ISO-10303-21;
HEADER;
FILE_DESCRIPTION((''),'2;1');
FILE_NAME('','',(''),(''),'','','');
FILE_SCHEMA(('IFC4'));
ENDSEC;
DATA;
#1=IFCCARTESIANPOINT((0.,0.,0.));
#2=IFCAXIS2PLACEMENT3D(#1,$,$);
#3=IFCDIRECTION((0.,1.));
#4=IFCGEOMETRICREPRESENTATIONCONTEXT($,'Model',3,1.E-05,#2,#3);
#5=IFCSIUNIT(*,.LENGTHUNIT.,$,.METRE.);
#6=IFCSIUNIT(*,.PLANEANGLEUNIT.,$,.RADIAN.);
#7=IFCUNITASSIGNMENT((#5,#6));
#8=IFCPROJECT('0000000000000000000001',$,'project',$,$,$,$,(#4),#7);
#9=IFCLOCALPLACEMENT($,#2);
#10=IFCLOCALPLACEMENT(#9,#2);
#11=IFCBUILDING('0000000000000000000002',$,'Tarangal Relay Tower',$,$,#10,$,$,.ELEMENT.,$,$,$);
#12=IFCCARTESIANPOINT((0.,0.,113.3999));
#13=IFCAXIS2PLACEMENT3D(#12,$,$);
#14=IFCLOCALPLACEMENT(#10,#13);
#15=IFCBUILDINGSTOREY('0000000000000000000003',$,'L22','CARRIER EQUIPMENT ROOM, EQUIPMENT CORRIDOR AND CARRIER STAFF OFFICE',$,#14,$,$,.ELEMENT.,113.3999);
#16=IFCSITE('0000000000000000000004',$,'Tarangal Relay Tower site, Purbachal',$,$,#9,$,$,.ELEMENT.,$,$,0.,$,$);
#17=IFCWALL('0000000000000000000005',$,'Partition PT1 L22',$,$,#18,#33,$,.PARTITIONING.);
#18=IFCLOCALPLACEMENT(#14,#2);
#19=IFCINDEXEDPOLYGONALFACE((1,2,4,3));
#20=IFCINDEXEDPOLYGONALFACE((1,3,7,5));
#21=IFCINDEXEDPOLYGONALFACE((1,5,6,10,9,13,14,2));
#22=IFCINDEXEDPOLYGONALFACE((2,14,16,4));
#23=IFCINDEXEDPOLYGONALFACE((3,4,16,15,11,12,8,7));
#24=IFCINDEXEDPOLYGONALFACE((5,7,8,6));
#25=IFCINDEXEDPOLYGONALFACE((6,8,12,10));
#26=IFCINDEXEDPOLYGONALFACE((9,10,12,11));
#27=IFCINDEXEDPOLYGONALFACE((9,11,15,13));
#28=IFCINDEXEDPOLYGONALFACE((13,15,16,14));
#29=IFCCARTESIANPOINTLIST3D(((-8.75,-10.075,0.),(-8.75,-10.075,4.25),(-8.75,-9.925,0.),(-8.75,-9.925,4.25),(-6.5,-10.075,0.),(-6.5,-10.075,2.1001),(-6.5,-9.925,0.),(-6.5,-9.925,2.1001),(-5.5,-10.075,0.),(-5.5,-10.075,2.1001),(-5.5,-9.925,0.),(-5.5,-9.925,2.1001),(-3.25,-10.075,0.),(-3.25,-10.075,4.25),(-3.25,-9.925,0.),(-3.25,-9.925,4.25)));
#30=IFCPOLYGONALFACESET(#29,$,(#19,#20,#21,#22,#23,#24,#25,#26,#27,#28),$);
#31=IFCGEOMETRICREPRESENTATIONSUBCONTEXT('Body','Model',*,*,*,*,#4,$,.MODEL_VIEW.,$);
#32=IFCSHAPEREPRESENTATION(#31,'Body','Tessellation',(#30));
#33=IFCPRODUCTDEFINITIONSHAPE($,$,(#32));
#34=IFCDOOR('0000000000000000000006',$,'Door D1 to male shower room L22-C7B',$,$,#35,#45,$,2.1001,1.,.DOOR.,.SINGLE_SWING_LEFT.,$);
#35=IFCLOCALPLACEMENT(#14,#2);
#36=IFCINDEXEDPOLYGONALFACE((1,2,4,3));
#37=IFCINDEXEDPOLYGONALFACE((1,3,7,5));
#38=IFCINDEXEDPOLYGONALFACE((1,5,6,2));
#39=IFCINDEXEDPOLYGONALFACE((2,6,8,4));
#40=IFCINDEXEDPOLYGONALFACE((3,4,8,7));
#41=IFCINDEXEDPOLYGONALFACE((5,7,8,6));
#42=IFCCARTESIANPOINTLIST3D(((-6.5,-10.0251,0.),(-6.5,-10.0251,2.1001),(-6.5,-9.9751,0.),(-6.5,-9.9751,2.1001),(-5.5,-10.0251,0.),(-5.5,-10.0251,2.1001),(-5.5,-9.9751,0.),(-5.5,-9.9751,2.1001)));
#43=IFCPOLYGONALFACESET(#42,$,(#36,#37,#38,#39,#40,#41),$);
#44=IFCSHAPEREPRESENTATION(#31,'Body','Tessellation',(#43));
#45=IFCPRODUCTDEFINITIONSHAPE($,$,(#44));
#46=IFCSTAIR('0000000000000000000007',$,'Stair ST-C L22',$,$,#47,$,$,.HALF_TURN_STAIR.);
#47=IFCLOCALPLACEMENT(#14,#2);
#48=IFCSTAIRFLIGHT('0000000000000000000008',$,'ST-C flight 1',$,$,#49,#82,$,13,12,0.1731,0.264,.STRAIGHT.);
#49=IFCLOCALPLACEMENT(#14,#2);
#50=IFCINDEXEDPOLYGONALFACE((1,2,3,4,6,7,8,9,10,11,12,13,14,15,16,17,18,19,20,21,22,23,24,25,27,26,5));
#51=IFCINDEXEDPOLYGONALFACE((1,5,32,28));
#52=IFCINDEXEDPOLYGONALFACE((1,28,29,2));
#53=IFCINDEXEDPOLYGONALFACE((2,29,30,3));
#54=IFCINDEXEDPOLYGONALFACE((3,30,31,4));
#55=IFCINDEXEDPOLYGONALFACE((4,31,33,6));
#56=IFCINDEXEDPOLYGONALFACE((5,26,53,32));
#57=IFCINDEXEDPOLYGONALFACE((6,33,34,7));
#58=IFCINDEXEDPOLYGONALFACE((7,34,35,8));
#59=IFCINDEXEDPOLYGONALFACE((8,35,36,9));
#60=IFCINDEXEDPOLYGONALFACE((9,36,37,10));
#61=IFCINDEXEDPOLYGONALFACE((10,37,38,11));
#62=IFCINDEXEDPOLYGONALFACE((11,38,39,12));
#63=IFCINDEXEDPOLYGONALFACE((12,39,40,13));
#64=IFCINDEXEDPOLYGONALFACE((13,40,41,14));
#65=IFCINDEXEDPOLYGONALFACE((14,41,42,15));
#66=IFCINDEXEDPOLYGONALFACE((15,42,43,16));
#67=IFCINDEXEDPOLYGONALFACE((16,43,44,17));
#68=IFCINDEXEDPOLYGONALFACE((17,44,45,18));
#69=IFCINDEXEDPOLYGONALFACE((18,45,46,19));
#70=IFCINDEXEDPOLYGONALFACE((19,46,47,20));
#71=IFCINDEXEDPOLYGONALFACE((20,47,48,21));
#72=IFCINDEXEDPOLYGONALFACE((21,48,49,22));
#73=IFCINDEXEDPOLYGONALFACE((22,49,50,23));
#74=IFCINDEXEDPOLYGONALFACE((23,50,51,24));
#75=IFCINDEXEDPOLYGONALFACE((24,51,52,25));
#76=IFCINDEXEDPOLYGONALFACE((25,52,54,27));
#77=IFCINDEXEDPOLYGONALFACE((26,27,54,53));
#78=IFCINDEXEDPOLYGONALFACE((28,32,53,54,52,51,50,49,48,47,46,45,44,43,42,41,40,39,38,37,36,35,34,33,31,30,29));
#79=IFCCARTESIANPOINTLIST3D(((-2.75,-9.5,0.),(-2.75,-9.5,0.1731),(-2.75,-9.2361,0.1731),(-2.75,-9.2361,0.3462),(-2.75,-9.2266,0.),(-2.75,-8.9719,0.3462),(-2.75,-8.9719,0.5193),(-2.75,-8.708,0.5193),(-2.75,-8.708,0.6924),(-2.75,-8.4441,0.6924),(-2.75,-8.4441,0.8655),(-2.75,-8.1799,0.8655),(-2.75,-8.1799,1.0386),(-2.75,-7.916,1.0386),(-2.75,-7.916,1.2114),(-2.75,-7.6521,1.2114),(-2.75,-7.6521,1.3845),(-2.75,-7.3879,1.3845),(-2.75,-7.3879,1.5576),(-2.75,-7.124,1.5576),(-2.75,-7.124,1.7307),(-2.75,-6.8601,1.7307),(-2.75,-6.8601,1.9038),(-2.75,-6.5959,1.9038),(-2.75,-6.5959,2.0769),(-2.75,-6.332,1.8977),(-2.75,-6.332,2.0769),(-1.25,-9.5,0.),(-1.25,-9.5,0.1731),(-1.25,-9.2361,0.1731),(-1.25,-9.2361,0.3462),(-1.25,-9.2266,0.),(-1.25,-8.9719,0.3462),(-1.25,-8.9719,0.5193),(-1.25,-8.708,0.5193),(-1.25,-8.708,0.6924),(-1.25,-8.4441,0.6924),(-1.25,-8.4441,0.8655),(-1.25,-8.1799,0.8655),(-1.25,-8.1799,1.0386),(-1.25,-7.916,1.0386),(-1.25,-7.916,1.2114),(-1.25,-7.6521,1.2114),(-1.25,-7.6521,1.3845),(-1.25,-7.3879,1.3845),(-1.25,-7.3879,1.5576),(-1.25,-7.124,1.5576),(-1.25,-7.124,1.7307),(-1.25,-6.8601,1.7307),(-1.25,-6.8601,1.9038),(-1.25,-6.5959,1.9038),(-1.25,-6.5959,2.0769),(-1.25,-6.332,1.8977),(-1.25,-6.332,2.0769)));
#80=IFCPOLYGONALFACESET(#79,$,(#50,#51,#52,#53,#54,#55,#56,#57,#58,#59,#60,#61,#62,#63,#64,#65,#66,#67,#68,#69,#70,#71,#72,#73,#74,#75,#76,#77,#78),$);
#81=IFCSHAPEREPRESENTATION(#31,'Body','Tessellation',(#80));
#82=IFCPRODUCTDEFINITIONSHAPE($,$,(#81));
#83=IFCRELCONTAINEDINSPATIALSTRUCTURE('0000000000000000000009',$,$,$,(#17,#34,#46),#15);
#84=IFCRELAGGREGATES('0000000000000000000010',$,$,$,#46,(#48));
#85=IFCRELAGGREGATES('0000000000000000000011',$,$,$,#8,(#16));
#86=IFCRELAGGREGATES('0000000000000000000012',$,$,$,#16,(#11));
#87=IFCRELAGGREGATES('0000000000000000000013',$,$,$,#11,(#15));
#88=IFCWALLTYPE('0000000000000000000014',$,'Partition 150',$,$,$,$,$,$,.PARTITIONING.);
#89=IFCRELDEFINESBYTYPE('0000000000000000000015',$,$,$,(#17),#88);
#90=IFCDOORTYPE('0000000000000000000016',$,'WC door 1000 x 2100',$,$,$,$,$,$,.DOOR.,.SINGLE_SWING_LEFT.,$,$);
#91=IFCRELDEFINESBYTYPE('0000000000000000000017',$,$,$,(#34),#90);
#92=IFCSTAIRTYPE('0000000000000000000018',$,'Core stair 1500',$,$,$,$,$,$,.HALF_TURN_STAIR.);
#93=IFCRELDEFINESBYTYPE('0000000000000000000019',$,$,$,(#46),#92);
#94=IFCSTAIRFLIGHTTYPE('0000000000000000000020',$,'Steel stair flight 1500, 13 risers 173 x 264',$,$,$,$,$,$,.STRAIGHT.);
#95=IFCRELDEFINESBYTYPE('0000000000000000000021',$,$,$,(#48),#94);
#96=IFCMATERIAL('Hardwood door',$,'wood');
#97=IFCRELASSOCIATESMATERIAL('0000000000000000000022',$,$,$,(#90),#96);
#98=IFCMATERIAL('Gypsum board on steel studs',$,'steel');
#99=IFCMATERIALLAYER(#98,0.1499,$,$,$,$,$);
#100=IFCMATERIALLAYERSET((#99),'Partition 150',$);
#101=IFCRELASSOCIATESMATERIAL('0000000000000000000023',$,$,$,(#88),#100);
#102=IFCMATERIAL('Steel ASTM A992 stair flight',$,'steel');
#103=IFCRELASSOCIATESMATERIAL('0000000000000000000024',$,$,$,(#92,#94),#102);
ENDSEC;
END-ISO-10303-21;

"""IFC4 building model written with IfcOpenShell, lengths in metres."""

from ifc_helpers import new_model, si_unit, direction, frame, frame_2d, origin, place, context, subcontext, project, spatial, polyline, rectangle, outline, extrude, material, layer, layer_set, type_object, element, fill, aggregate, save


model = new_model("IFC4")

# Units and contexts
model_context = context("Model", 3, precision=1e-05, world=origin(), true_north=direction((0.0, 1.0)))
body_context = subcontext(model_context, "Body", "Model", "MODEL_VIEW")
ifc_project = project(units=[si_unit("LENGTHUNIT", "METRE"), si_unit("PLANEANGLEUNIT", "RADIAN")], contexts=[model_context])

# Site, building, storey
site_placement = place(None, origin())
site = spatial("IfcSite", under=ifc_project, at=site_placement, Name="Tarangal Relay Tower site, Purbachal", CompositionType="ELEMENT", RefElevation=0.0)
building_placement = place(site_placement, origin())
building = spatial("IfcBuilding", under=site, at=building_placement, Name="Tarangal Relay Tower", CompositionType="ELEMENT")
storey_placement = place(building_placement, frame((0.0, 0.0, 113.3999)))
storey = spatial("IfcBuildingStorey", under=building, at=storey_placement, Name="L22", Description="CARRIER EQUIPMENT ROOM, EQUIPMENT CORRIDOR AND CARRIER STAFF OFFICE", CompositionType="ELEMENT", Elevation=113.3999)

# Shared definitions
ifc_material_1 = material(Name="Hardwood door", Category="wood")
door_type_1 = type_object("IfcDoorType", Name="WC door 1000 x 2100", OperationType="SINGLE_SWING_LEFT", PredefinedType="DOOR", material=ifc_material_1)

# Shared definitions
ifc_material_2 = material(Name="Gypsum board on steel studs", Category="steel")
ifc_layer_1 = layer(ifc_material_2, 0.1499)
ifc_layer_set_1 = layer_set([ifc_layer_1], Name="Partition 150")
wall_type_1 = type_object("IfcWallType", Name="Partition 150", PredefinedType="PARTITIONING", material=ifc_layer_set_1)

# Wall, opening, door
wall_1_placement = place(storey_placement, frame((-8.75, -10.0, 0.0), z_axis=(0.0, 0.0, 1.0), x_axis=(1.0, 0.0, 0.0)))
wall_1 = element("IfcWall", 1, at=wall_1_placement, inside=storey, type_object=wall_type_1, Name="Partition PT1 L22", PredefinedType="PARTITIONING", context=body_context, shape_type="SweptSolid", body=[
    extrude(rectangle(XDim=5.5, YDim=0.1499, at=frame_2d((2.75, 0.0))), origin(), (0.0, 0.0, 1.0), 4.25),
])
opening_1_placement = place(wall_1_placement, frame((2.25, 0.0, 0.0)))
opening_1 = element("IfcOpeningElement", 2, at=opening_1_placement, cuts=wall_1, PredefinedType="OPENING", context=body_context, shape_type="SweptSolid", body=[
    extrude(rectangle(XDim=1.0, YDim=2.1001, at=frame_2d((0.5, 1.05))), frame((0.0, 0.085, 0.0), z_axis=(0.0, -1.0, 0.0), x_axis=(1.0, 0.0, 0.0)), (0.0, 0.0, 1.0), 0.1699),
])
door_1_placement = place(opening_1_placement, origin())
door_1 = element("IfcDoor", 3, at=door_1_placement, inside=storey, type_object=door_type_1, Name="Door D1 to male shower room L22-C7B", OperationType="SINGLE_SWING_LEFT", OverallHeight=2.1001, OverallWidth=1.0, PredefinedType="DOOR", context=body_context, shape_type="SweptSolid", body=[
    extrude(rectangle(XDim=1.0, YDim=2.1001, at=frame_2d((0.5, 1.05))), frame((0.0, 0.0249, 0.0), z_axis=(0.0, -1.0, 0.0), x_axis=(1.0, 0.0, 0.0)), (0.0, 0.0, 1.0), 0.05),
])
fill(opening_1, door_1)

# Stair, stair flight
ifc_material_3 = material(Name="Steel ASTM A992 stair flight", Category="steel")
stair_type = type_object("IfcStairType", Name="Core stair 1500", PredefinedType="HALF_TURN_STAIR", material=ifc_material_3)
stair_placement = place(storey_placement, origin())
stair = element("IfcStair", 4, at=stair_placement, inside=storey, type_object=stair_type, Name="Stair ST-C L22", PredefinedType="HALF_TURN_STAIR")
stair_flight_type = type_object("IfcStairFlightType", Name="Steel stair flight 1500, 13 risers 173 x 264", PredefinedType="STRAIGHT", material=ifc_material_3)
stair_flight_placement = place(storey_placement, frame((-2.0, -9.5, 0.0), z_axis=(0.0, 0.0, 1.0), x_axis=(0.0, 1.0, 0.0)))
stair_flight = element("IfcStairFlight", 5, at=stair_flight_placement, type_object=stair_flight_type, Name="ST-C flight 1", NumberOfRisers=13, NumberOfTreads=12, PredefinedType="STRAIGHT", RiserHeight=0.1731, TreadLength=0.264, context=body_context, shape_type="SweptSolid", body=[
    extrude(outline(polyline([(0.0, 0.0), (0.0, 0.1731), (0.2639, 0.1731), (0.2639, 0.3462), (0.5281, 0.3462), (0.5281, 0.5193), (0.792, 0.5193), (0.792, 0.6924), (1.0559, 0.6924), (1.0559, 0.8655), (1.3201, 0.8655), (1.3201, 1.0386), (1.584, 1.0386), (1.584, 1.2114), (1.8479, 1.2114), (1.8479, 1.3845), (2.1121, 1.3845), (2.1121, 1.5576), (2.376, 1.5576), (2.376, 1.7307), (2.6399, 1.7307), (2.6399, 1.9038), (2.9041, 1.9038), (2.9041, 2.0769), (3.168, 2.0769), (3.168, 2.25), (3.168, 1.8977), (0.2734, 0.0), (0.0, 0.0)])), frame((0.0, 0.75, 0.0), z_axis=(0.0, -1.0, 0.0), x_axis=(1.0, 0.0, 0.0)), (0.0, 0.0, 1.0), 1.5),
])
aggregate(stair, [stair_flight])

save(model, "model.ifc")
